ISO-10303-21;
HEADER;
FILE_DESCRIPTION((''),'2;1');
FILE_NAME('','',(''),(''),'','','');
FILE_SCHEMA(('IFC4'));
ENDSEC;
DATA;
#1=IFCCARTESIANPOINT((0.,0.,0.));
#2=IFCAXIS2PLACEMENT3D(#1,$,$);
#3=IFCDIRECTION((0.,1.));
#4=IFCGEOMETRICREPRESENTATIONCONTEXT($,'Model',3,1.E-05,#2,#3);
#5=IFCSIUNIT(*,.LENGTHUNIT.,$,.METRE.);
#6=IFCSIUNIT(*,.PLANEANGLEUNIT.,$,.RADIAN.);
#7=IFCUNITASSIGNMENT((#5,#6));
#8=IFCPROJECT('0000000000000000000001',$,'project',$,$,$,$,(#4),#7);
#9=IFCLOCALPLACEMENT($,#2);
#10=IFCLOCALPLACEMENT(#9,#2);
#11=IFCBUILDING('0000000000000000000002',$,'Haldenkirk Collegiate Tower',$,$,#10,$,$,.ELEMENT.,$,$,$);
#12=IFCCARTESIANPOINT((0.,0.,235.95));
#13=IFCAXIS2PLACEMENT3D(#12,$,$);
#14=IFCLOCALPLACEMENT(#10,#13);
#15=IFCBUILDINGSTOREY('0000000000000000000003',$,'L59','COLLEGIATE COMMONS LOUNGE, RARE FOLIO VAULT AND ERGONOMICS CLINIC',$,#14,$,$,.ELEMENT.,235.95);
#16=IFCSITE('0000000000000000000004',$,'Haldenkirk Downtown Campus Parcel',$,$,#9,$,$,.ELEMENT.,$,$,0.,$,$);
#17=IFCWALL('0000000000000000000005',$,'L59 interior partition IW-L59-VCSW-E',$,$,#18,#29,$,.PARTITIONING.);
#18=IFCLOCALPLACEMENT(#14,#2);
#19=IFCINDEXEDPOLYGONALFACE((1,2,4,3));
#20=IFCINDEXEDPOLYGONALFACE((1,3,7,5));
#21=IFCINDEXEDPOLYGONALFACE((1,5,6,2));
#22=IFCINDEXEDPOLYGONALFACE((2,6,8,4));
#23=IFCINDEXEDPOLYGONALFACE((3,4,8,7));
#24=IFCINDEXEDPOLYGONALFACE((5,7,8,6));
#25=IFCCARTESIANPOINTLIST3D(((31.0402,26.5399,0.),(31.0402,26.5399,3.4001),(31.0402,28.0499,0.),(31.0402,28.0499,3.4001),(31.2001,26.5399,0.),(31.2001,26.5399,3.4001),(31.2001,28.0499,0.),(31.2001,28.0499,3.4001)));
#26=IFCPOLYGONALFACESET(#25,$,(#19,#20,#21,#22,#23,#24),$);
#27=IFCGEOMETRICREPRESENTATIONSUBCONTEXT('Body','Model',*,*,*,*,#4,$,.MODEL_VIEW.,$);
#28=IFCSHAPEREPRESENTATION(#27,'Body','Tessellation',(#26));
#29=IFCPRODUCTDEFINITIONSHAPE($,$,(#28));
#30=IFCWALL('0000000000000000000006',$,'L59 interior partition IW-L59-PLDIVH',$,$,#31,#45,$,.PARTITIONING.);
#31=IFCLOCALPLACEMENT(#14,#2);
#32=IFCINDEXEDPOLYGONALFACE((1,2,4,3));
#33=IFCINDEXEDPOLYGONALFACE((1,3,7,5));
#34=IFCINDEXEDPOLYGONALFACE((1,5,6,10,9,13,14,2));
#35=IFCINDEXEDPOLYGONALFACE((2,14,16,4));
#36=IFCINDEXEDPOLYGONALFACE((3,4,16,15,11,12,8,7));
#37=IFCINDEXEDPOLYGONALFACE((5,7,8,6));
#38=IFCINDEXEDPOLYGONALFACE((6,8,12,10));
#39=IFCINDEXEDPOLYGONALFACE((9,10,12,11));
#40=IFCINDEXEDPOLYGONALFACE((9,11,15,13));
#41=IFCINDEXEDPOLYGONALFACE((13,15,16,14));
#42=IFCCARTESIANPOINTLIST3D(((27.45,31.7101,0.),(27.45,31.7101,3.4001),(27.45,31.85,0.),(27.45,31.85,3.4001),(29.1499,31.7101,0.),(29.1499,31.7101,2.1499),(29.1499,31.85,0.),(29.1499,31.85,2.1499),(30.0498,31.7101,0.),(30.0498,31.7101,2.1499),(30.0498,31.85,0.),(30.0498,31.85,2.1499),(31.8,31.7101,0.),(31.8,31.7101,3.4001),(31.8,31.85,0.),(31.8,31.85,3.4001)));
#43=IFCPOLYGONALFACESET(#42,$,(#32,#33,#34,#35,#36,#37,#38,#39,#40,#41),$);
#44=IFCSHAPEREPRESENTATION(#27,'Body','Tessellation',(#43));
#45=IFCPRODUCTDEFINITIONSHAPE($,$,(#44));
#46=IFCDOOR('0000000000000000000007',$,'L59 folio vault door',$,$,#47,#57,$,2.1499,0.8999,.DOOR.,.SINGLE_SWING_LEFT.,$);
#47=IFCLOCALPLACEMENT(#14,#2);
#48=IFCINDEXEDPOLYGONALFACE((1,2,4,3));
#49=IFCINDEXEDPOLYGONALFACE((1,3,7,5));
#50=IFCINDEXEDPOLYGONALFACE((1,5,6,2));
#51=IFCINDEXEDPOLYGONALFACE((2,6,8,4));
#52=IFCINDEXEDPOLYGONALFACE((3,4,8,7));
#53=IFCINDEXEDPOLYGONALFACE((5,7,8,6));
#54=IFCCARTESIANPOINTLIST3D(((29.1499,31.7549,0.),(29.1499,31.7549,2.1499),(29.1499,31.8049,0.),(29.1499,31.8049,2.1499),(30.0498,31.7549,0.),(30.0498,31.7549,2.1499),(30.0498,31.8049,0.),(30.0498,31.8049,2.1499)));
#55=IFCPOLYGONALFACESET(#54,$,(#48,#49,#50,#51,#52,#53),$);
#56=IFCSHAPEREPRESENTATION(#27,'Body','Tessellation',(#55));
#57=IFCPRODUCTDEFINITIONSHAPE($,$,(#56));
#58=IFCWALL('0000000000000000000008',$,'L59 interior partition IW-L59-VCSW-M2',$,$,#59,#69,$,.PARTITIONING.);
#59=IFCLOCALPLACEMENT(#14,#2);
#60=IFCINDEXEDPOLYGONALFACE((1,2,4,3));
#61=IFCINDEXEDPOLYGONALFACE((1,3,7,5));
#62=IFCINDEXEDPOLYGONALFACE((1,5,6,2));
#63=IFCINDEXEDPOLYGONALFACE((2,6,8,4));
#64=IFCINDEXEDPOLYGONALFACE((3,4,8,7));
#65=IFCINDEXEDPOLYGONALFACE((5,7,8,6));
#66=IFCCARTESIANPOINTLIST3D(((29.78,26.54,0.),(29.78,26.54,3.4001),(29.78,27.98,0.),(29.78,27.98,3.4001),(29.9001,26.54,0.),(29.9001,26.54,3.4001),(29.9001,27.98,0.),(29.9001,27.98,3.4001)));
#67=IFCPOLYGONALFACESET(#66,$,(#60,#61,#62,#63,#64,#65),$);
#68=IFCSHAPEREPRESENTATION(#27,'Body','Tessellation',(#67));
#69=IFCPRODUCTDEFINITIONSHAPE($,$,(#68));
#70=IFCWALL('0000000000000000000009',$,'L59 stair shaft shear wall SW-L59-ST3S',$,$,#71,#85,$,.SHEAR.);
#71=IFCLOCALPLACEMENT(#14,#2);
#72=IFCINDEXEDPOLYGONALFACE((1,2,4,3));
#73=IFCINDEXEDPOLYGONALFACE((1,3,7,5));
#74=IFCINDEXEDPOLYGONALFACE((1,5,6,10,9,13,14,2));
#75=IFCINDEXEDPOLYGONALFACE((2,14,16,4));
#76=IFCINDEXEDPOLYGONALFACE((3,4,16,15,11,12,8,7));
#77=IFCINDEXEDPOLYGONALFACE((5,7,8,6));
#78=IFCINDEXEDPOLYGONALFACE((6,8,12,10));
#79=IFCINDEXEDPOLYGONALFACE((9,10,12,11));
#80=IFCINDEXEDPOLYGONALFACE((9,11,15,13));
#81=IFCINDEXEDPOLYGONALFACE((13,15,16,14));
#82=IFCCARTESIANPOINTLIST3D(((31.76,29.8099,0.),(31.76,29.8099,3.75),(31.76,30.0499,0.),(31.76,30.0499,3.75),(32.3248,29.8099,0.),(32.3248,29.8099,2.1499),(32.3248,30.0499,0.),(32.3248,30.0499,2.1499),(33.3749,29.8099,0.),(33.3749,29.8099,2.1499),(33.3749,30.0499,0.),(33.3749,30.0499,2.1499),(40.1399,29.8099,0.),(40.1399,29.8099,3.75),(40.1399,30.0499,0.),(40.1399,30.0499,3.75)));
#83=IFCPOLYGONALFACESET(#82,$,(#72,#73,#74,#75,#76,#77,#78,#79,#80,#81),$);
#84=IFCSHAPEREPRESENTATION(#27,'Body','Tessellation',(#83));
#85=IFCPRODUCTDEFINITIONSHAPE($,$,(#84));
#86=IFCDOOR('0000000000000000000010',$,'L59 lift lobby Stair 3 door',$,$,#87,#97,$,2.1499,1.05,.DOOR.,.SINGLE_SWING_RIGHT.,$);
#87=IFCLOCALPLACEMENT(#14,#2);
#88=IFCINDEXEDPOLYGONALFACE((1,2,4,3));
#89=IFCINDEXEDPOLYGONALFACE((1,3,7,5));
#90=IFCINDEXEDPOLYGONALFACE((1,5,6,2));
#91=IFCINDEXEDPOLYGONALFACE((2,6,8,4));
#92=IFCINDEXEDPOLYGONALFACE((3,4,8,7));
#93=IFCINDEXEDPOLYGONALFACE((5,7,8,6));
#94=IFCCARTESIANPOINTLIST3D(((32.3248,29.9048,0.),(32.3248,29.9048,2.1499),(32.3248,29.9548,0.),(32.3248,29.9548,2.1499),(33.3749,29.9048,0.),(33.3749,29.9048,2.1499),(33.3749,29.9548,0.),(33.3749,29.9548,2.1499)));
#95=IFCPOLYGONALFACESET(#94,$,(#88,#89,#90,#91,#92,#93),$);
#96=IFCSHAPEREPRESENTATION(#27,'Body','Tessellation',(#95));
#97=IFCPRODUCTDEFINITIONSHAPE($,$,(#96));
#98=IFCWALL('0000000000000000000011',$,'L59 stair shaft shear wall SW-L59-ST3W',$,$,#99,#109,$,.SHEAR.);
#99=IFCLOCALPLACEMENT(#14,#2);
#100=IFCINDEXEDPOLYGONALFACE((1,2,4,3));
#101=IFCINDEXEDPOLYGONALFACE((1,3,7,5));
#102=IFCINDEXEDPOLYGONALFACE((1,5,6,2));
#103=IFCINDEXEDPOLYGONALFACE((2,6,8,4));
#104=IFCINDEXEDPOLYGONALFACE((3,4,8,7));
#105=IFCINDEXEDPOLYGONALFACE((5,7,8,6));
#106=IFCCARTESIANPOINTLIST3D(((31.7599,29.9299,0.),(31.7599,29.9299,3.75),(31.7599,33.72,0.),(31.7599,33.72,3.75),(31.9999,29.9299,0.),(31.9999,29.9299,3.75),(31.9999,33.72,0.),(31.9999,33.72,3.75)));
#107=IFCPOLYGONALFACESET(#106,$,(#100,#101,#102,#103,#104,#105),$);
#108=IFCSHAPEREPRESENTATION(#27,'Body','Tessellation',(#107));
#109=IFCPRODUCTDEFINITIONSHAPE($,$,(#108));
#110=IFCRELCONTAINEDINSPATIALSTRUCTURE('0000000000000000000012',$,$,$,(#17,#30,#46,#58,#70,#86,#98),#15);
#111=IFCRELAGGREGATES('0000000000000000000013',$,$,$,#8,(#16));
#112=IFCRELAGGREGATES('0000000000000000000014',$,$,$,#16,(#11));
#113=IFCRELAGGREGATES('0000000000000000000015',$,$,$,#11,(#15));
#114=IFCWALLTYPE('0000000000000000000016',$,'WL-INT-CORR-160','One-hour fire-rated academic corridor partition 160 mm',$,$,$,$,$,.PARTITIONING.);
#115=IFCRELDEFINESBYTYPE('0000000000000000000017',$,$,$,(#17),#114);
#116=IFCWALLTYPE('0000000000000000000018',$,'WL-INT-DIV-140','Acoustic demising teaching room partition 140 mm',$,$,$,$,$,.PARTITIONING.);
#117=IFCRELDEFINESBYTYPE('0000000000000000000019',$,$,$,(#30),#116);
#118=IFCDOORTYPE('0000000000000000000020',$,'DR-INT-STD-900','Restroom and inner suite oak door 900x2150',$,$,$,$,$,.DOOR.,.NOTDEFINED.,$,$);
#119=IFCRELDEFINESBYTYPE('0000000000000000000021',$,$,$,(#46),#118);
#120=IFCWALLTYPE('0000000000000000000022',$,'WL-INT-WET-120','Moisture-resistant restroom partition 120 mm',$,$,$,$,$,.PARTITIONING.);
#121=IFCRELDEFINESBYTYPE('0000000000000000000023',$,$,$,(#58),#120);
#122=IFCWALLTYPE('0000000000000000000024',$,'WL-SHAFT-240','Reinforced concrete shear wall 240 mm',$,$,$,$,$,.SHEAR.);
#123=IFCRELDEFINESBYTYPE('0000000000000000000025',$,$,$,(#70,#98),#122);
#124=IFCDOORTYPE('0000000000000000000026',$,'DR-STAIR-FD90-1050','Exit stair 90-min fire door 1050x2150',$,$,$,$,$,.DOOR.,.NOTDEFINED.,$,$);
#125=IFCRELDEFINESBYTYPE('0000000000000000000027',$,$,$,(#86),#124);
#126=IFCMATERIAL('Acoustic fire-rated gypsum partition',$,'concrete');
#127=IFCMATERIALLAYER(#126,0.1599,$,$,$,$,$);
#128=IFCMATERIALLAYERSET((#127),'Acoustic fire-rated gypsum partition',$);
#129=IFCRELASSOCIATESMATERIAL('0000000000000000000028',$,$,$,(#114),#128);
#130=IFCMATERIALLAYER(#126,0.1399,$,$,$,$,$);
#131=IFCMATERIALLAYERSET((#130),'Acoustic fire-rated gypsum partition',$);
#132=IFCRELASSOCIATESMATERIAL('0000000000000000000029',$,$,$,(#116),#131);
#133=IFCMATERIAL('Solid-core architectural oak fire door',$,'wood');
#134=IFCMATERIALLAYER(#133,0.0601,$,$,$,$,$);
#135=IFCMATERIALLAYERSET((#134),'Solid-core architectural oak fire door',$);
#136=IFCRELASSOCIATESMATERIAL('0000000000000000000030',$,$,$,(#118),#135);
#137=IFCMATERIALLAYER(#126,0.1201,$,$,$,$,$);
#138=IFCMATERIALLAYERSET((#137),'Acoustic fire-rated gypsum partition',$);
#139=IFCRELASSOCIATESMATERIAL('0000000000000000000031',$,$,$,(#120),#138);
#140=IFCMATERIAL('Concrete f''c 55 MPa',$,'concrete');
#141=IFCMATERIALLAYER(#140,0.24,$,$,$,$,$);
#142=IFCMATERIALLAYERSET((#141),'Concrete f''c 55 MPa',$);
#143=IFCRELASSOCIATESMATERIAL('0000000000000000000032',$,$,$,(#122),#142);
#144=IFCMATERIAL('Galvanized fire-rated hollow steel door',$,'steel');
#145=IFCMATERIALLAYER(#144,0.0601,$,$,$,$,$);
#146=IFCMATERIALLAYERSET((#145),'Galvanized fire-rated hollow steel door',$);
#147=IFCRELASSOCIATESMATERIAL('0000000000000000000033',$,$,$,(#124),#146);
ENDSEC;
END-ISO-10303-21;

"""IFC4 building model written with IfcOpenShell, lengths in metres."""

from ifc_helpers import new_model, si_unit, direction, frame, frame_2d, origin, place, context, subcontext, project, spatial, rectangle, extrude, material, layer, layer_set, type_object, element, fill, save


model = new_model("IFC4")

# Units and contexts
model_context = context("Model", 3, precision=1e-05, world=origin(), true_north=direction((0.0, 1.0)))
body_context = subcontext(model_context, "Body", "Model", "MODEL_VIEW")
ifc_project = project(units=[si_unit("LENGTHUNIT", "METRE"), si_unit("PLANEANGLEUNIT", "RADIAN")], contexts=[model_context])

# Site, building, storey
site_placement = place(None, origin())
site = spatial("IfcSite", under=ifc_project, at=site_placement, Name="Haldenkirk Downtown Campus Parcel", CompositionType="ELEMENT", RefElevation=0.0)
building_placement = place(site_placement, origin())
building = spatial("IfcBuilding", under=site, at=building_placement, Name="Haldenkirk Collegiate Tower", CompositionType="ELEMENT")
storey_placement = place(building_placement, frame((0.0, 0.0, 235.95)))
storey = spatial("IfcBuildingStorey", under=building, at=storey_placement, Name="L59", Description="COLLEGIATE COMMONS LOUNGE, RARE FOLIO VAULT AND ERGONOMICS CLINIC", CompositionType="ELEMENT", Elevation=235.95)

# Shared definitions
ifc_material_1 = material(Name="Concrete f'c 55 MPa", Category="concrete")
ifc_material_2 = material(Name="Acoustic fire-rated gypsum partition", Category="concrete")
ifc_layer_1 = layer(ifc_material_2, 0.1599)
ifc_layer_set_1 = layer_set([ifc_layer_1], Name="Acoustic fire-rated gypsum partition")
wall_type_1 = type_object("IfcWallType", Name="WL-INT-CORR-160", Description="One-hour fire-rated academic corridor partition 160 mm", PredefinedType="PARTITIONING", material=ifc_layer_set_1)
ifc_material_3 = material(Name="Solid-core architectural oak fire door", Category="wood")

# Wall
wall_1_placement = place(storey_placement, frame((31.1201, 26.54, 0.0), z_axis=(0.0, 0.0, 1.0), x_axis=(0.0, 1.0, 0.0)))
element("IfcWall", 1, at=wall_1_placement, inside=storey, type_object=wall_type_1, Name="L59 interior partition IW-L59-VCSW-E", PredefinedType="PARTITIONING", context=body_context, shape_type="SweptSolid", body=[
    extrude(rectangle(XDim=1.51, YDim=0.1599, at=frame_2d((0.7549, 0.0))), origin(), (0.0, 0.0, 1.0), 3.4001),
])

# Wall, opening, door
ifc_layer_2 = layer(ifc_material_2, 0.1399)
ifc_layer_set_2 = layer_set([ifc_layer_2], Name="Acoustic fire-rated gypsum partition")
wall_type_2 = type_object("IfcWallType", Name="WL-INT-DIV-140", Description="Acoustic demising teaching room partition 140 mm", PredefinedType="PARTITIONING", material=ifc_layer_set_2)
wall_2_placement = place(storey_placement, frame((27.45, 31.78, 0.0), z_axis=(0.0, 0.0, 1.0), x_axis=(1.0, 0.0, 0.0)))
wall_2 = element("IfcWall", 2, at=wall_2_placement, inside=storey, type_object=wall_type_2, Name="L59 interior partition IW-L59-PLDIVH", PredefinedType="PARTITIONING", context=body_context, shape_type="SweptSolid", body=[
    extrude(rectangle(XDim=4.3501, YDim=0.1399, at=frame_2d((2.175, 0.0))), origin(), (0.0, 0.0, 1.0), 3.4001),
])
opening_1_placement = place(wall_2_placement, frame((1.7, 0.0, 0.0)))
opening_1 = element("IfcOpeningElement", 3, at=opening_1_placement, cuts=wall_2, PredefinedType="OPENING", context=body_context, shape_type="SweptSolid", body=[
    extrude(rectangle(XDim=0.8999, YDim=2.1499, at=frame_2d((0.45, 1.075))), frame((0.0, 0.0798, 0.0), z_axis=(0.0, -1.0, 0.0), x_axis=(1.0, 0.0, 0.0)), (0.0, 0.0, 1.0), 0.1599),
])
ifc_layer_3 = layer(ifc_material_3, 0.0601)
ifc_layer_set_3 = layer_set([ifc_layer_3], Name="Solid-core architectural oak fire door")
door_type_1 = type_object("IfcDoorType", Name="DR-INT-STD-900", Description="Restroom and inner suite oak door 900x2150", OperationType="NOTDEFINED", PredefinedType="DOOR", material=ifc_layer_set_3)
door_1_placement = place(opening_1_placement, origin())
door_1 = element("IfcDoor", 4, at=door_1_placement, inside=storey, type_object=door_type_1, Name="L59 folio vault door", OperationType="SINGLE_SWING_LEFT", OverallHeight=2.1499, OverallWidth=0.8999, PredefinedType="DOOR", context=body_context, shape_type="SweptSolid", body=[
    extrude(rectangle(XDim=0.8999, YDim=2.1499, at=frame_2d((0.45, 1.075))), frame((0.0, 0.0249, 0.0), z_axis=(0.0, -1.0, 0.0), x_axis=(1.0, 0.0, 0.0)), (0.0, 0.0, 1.0), 0.05),
])
fill(opening_1, door_1)

# Wall
ifc_layer_4 = layer(ifc_material_2, 0.1201)
ifc_layer_set_4 = layer_set([ifc_layer_4], Name="Acoustic fire-rated gypsum partition")
wall_type_3 = type_object("IfcWallType", Name="WL-INT-WET-120", Description="Moisture-resistant restroom partition 120 mm", PredefinedType="PARTITIONING", material=ifc_layer_set_4)
wall_3_placement = place(storey_placement, frame((29.8401, 26.54, 0.0), z_axis=(0.0, 0.0, 1.0), x_axis=(0.0, 1.0, 0.0)))
element("IfcWall", 5, at=wall_3_placement, inside=storey, type_object=wall_type_3, Name="L59 interior partition IW-L59-VCSW-M2", PredefinedType="PARTITIONING", context=body_context, shape_type="SweptSolid", body=[
    extrude(rectangle(XDim=1.4399, YDim=0.1201, at=frame_2d((0.72, 0.0))), origin(), (0.0, 0.0, 1.0), 3.4001),
])

# Wall, opening, door
ifc_layer_5 = layer(ifc_material_1, 0.24)
ifc_layer_set_5 = layer_set([ifc_layer_5], Name="Concrete f'c 55 MPa")
wall_type_4 = type_object("IfcWallType", Name="WL-SHAFT-240", Description="Reinforced concrete shear wall 240 mm", PredefinedType="SHEAR", material=ifc_layer_set_5)
wall_4_placement = place(storey_placement, frame((31.76, 29.9299, 0.0), z_axis=(0.0, 0.0, 1.0), x_axis=(1.0, 0.0, 0.0)))
wall_4 = element("IfcWall", 6, at=wall_4_placement, inside=storey, type_object=wall_type_4, Name="L59 stair shaft shear wall SW-L59-ST3S", PredefinedType="SHEAR", context=body_context, shape_type="SweptSolid", body=[
    extrude(rectangle(XDim=8.3799, YDim=0.24, at=frame_2d((4.1899, 0.0))), origin(), (0.0, 0.0, 1.0), 3.75),
])
opening_2_placement = place(wall_4_placement, frame((0.5649, 0.0, 0.0)))
opening_2 = element("IfcOpeningElement", 7, at=opening_2_placement, cuts=wall_4, PredefinedType="OPENING", context=body_context, shape_type="SweptSolid", body=[
    extrude(rectangle(XDim=1.05, YDim=2.1499, at=frame_2d((0.5249, 1.075))), frame((0.0, 0.1299, 0.0), z_axis=(0.0, -1.0, 0.0), x_axis=(1.0, 0.0, 0.0)), (0.0, 0.0, 1.0), 0.26),
])
ifc_material_4 = material(Name="Galvanized fire-rated hollow steel door", Category="steel")
ifc_layer_6 = layer(ifc_material_4, 0.0601)
ifc_layer_set_6 = layer_set([ifc_layer_6], Name="Galvanized fire-rated hollow steel door")
door_type_2 = type_object("IfcDoorType", Name="DR-STAIR-FD90-1050", Description="Exit stair 90-min fire door 1050x2150", OperationType="NOTDEFINED", PredefinedType="DOOR", material=ifc_layer_set_6)
door_2_placement = place(opening_2_placement, origin())
door_2 = element("IfcDoor", 8, at=door_2_placement, inside=storey, type_object=door_type_2, Name="L59 lift lobby Stair 3 door", OperationType="SINGLE_SWING_RIGHT", OverallHeight=2.1499, OverallWidth=1.05, PredefinedType="DOOR", context=body_context, shape_type="SweptSolid", body=[
    extrude(rectangle(XDim=1.05, YDim=2.1499, at=frame_2d((0.5249, 1.075))), frame((0.0, 0.0249, 0.0), z_axis=(0.0, -1.0, 0.0), x_axis=(1.0, 0.0, 0.0)), (0.0, 0.0, 1.0), 0.05),
])
fill(opening_2, door_2)

# Wall
wall_5_placement = place(storey_placement, frame((31.8799, 29.9299, 0.0), z_axis=(0.0, 0.0, 1.0), x_axis=(0.0, 1.0, 0.0)))
element("IfcWall", 9, at=wall_5_placement, inside=storey, type_object=wall_type_4, Name="L59 stair shaft shear wall SW-L59-ST3W", PredefinedType="SHEAR", context=body_context, shape_type="SweptSolid", body=[
    extrude(rectangle(XDim=3.79, YDim=0.24, at=frame_2d((1.895, 0.0))), origin(), (0.0, 0.0, 1.0), 3.75),
])

save(model, "model.ifc")
